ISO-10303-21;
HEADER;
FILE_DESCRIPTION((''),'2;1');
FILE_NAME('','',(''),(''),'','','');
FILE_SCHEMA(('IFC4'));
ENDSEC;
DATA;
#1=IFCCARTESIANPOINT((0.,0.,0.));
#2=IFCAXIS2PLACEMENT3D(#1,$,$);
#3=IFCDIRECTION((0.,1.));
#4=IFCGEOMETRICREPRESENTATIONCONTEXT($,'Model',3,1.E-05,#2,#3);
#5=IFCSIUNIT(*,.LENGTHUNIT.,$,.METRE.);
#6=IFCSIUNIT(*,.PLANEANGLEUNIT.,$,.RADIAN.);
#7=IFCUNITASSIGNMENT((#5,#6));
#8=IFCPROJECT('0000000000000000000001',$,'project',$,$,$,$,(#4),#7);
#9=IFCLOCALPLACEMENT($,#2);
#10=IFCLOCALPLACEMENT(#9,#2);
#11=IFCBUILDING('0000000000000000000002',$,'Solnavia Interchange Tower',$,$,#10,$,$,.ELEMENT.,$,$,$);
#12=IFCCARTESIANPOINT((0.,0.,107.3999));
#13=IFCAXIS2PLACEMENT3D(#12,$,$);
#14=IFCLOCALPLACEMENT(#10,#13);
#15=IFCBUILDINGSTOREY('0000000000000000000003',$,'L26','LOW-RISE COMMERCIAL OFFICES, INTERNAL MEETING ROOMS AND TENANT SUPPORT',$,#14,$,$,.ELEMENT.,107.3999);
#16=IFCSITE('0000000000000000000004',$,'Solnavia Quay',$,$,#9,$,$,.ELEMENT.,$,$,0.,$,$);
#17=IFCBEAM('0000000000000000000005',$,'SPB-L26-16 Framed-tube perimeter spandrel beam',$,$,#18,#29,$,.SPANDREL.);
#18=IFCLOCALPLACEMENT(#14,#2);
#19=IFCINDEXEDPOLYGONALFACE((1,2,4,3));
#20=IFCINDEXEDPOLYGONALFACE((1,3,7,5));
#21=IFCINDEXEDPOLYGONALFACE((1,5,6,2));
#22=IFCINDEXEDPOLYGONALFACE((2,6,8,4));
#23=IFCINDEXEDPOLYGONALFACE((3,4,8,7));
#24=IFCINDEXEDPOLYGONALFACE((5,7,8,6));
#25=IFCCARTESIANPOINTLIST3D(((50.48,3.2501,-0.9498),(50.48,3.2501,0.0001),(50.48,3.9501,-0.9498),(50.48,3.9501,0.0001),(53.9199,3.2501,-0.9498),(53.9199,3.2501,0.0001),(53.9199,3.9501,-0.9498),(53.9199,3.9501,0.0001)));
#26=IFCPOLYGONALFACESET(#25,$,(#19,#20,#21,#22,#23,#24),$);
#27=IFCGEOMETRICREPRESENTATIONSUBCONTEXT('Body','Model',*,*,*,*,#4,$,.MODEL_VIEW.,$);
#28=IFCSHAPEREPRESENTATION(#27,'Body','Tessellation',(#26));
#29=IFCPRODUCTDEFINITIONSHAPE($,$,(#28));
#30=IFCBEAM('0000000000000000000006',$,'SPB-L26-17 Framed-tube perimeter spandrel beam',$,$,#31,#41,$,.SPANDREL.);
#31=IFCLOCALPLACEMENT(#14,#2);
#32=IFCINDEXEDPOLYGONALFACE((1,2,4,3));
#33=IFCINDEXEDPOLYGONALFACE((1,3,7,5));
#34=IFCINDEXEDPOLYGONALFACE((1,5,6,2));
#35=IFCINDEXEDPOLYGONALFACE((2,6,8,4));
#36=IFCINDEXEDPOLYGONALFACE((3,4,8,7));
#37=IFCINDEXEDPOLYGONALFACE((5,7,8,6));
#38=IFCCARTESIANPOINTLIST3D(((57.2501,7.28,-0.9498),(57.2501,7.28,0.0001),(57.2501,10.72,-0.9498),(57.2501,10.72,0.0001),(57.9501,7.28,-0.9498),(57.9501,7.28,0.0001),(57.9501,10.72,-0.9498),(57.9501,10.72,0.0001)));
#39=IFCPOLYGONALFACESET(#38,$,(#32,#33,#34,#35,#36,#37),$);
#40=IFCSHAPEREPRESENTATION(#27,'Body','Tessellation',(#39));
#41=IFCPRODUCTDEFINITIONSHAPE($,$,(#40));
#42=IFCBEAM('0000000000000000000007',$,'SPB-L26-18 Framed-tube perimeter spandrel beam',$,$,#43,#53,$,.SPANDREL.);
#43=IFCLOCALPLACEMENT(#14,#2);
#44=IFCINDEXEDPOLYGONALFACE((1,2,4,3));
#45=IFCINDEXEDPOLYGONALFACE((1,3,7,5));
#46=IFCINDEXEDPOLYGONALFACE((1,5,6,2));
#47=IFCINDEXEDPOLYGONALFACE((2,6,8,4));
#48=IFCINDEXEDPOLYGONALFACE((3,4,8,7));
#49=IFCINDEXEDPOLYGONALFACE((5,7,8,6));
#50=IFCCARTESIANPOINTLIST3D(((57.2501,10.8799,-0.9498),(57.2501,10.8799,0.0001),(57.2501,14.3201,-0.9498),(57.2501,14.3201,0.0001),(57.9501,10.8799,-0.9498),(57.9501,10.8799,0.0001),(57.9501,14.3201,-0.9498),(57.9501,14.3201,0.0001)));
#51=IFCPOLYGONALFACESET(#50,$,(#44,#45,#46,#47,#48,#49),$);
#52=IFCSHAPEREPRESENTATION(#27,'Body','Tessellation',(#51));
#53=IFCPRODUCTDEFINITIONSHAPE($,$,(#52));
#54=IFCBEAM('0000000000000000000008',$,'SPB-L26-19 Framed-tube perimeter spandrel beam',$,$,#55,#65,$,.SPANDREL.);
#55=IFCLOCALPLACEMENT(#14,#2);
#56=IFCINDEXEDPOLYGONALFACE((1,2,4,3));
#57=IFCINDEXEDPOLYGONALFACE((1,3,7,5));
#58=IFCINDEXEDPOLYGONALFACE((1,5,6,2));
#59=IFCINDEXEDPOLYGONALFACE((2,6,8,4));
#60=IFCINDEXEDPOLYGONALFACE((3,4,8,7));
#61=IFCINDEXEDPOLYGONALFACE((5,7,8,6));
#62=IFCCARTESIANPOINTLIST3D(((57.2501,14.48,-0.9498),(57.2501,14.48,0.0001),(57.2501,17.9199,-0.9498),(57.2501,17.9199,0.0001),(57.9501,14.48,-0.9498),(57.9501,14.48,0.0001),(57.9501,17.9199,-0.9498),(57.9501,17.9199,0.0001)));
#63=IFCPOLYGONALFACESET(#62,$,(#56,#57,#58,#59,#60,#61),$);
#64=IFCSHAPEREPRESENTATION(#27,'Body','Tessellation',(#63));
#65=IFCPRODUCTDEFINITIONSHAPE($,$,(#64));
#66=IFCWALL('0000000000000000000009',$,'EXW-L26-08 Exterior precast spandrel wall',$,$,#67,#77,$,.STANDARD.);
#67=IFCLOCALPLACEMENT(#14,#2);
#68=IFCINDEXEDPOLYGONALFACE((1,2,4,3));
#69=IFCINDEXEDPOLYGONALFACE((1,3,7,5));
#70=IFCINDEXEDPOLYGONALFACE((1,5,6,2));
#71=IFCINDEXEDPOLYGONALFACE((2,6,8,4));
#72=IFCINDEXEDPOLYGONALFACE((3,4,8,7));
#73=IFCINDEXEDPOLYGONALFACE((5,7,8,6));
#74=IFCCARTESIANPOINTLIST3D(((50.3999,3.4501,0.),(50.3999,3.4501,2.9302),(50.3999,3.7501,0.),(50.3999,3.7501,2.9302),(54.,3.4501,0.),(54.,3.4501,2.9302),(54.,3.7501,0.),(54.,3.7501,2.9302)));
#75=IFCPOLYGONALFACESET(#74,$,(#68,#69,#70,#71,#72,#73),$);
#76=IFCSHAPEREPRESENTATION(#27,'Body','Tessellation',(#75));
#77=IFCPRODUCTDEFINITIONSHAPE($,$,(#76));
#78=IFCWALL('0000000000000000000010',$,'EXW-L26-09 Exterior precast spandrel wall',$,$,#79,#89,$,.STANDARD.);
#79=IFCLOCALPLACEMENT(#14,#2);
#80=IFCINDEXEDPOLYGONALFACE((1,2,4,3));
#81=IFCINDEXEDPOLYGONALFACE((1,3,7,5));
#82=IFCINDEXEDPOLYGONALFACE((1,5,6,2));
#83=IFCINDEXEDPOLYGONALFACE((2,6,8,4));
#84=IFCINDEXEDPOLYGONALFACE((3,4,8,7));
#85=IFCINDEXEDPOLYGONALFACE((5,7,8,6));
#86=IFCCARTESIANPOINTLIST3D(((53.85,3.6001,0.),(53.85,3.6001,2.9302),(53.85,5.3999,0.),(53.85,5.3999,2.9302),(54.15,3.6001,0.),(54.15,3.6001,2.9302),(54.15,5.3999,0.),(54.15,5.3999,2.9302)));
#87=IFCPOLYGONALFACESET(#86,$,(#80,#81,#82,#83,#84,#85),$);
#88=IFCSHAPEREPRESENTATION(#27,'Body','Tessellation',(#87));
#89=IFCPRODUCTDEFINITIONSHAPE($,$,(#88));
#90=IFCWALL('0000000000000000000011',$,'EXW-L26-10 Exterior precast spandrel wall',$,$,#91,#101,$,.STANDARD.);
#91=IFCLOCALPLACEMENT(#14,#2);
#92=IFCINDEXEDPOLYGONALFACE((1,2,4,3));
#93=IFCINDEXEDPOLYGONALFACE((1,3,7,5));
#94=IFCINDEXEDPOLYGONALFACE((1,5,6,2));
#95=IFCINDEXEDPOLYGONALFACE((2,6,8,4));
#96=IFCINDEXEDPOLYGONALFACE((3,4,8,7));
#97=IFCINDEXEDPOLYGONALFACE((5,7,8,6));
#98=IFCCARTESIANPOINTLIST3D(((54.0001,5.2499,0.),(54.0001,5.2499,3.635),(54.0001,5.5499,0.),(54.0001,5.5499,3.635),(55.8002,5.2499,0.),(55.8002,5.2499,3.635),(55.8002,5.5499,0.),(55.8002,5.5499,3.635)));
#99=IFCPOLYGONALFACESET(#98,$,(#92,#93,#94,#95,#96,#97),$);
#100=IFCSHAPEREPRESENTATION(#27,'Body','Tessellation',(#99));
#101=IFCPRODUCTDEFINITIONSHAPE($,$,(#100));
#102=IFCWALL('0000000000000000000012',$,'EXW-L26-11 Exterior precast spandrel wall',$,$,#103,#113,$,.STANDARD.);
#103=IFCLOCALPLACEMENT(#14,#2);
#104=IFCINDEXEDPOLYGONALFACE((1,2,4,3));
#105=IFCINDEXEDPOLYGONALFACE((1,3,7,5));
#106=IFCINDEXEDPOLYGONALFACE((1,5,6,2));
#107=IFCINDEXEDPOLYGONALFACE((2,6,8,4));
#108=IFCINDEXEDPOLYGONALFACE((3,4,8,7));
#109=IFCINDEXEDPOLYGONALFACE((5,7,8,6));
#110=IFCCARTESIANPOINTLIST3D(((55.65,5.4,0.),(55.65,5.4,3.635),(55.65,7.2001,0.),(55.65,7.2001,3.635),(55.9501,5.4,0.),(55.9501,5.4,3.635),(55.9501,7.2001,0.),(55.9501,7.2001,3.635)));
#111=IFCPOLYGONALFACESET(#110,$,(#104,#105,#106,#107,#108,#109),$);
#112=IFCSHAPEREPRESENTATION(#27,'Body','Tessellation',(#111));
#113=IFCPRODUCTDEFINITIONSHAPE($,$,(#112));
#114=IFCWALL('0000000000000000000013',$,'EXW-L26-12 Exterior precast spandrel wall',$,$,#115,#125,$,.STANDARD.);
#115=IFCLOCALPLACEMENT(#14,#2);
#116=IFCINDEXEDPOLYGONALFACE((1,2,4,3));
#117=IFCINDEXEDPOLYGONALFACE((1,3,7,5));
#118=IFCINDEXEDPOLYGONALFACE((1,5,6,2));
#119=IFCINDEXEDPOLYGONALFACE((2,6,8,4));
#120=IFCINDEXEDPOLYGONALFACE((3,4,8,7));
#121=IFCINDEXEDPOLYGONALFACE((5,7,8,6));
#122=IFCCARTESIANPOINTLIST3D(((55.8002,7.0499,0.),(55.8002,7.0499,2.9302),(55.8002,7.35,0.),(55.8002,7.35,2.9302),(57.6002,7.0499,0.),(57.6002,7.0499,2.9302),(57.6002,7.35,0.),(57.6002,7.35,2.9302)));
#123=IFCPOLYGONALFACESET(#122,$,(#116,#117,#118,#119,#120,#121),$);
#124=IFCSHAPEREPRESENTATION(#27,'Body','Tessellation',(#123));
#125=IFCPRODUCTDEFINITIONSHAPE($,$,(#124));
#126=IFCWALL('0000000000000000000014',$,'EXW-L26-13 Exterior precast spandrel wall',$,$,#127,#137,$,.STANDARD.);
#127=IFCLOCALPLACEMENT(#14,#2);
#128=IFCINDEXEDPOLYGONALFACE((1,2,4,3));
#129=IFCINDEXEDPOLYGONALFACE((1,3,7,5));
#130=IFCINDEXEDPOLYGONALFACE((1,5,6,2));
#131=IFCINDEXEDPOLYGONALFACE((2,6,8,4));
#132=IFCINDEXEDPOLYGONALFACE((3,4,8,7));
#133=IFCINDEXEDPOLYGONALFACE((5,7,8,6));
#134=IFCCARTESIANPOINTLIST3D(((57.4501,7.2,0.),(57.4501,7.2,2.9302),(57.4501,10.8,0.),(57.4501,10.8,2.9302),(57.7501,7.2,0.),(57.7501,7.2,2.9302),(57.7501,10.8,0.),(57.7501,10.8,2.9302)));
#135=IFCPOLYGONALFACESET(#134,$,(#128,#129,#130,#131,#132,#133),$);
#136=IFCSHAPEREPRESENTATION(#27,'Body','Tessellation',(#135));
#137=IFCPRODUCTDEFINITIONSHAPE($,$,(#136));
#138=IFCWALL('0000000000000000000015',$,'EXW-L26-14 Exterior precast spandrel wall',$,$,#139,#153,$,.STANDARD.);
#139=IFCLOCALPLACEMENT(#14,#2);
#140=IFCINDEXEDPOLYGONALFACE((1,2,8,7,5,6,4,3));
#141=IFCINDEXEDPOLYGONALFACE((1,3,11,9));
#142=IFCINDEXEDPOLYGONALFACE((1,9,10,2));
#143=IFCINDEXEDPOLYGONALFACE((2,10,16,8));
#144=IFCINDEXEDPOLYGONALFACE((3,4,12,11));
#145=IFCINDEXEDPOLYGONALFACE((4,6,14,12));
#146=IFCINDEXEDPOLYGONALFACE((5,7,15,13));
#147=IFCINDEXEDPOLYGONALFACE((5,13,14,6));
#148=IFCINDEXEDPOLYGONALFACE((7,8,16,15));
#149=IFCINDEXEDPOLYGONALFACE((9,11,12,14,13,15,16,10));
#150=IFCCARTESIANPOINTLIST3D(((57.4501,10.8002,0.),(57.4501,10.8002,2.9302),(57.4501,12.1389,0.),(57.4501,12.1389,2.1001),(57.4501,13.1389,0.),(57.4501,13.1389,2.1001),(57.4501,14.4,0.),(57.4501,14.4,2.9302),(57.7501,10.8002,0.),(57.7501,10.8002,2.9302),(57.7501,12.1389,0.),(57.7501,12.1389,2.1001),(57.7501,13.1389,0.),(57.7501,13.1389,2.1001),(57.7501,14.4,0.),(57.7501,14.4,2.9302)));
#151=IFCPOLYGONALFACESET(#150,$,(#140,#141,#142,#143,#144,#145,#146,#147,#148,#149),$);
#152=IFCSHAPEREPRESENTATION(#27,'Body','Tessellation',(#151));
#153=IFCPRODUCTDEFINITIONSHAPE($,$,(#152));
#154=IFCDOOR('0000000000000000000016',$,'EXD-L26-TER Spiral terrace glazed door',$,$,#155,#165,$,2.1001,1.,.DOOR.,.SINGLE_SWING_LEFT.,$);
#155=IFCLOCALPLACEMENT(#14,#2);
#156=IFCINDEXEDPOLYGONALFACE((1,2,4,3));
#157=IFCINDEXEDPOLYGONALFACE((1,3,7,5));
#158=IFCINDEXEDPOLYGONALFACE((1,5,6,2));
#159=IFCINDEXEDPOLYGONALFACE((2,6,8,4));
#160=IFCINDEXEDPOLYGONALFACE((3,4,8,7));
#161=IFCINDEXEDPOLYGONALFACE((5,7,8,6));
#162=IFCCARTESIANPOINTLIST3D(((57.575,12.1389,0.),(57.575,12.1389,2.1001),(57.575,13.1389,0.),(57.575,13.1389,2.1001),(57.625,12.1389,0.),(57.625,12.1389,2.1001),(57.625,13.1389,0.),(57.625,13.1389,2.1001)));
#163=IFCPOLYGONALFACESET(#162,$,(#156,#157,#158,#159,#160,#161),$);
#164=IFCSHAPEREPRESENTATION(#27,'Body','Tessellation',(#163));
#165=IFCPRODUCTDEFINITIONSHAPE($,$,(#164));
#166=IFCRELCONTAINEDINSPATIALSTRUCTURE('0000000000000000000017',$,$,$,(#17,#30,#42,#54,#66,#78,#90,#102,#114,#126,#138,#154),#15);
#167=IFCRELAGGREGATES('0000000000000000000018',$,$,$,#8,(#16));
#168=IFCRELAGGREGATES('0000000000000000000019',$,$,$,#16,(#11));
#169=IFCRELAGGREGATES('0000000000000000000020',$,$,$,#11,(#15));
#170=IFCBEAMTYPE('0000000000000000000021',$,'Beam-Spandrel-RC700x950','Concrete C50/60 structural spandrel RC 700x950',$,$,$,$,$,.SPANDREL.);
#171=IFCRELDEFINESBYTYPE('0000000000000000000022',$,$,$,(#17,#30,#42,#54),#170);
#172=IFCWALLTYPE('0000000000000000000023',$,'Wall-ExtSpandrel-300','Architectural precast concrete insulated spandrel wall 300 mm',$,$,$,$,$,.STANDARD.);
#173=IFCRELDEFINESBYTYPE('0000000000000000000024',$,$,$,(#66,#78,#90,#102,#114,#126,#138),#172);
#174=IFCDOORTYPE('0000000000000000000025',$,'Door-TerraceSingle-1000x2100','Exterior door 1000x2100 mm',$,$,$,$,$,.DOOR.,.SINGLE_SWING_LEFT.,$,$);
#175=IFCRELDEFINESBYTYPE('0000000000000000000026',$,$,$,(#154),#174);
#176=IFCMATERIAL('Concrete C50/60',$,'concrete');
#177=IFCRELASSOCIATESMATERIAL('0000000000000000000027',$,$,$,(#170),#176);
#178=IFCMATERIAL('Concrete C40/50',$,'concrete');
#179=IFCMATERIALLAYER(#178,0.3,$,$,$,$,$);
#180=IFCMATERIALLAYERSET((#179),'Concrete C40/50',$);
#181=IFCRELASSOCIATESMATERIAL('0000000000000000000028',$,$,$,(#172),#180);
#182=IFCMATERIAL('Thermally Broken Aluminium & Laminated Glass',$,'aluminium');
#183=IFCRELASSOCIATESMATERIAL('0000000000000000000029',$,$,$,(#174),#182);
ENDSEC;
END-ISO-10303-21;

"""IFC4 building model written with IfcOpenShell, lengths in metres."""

from ifc_helpers import new_model, si_unit, direction, frame, frame_2d, origin, origin_2d, place, context, subcontext, project, spatial, rectangle, extrude, material, layer, layer_set, material_profile, profile_set, type_object, element, fill, save


model = new_model("IFC4")

# Units and contexts
model_context = context("Model", 3, precision=1e-05, world=origin(), true_north=direction((0.0, 1.0)))
body_context = subcontext(model_context, "Body", "Model", "MODEL_VIEW")
ifc_project = project(units=[si_unit("LENGTHUNIT", "METRE"), si_unit("PLANEANGLEUNIT", "RADIAN")], contexts=[model_context])

# Site, building, storey
site_placement = place(None, origin())
site = spatial("IfcSite", under=ifc_project, at=site_placement, Name="Solnavia Quay", CompositionType="ELEMENT", RefElevation=0.0)
building_placement = place(site_placement, origin())
building = spatial("IfcBuilding", under=site, at=building_placement, Name="Solnavia Interchange Tower", CompositionType="ELEMENT")
storey_placement = place(building_placement, frame((0.0, 0.0, 107.3999)))
storey = spatial("IfcBuildingStorey", under=building, at=storey_placement, Name="L26", Description="LOW-RISE COMMERCIAL OFFICES, INTERNAL MEETING ROOMS AND TENANT SUPPORT", CompositionType="ELEMENT", Elevation=107.3999)

# Shared definitions
ifc_material_1 = material(Name="Concrete C50/60", Category="concrete")

# Beams
ifc_material_profile_1 = material_profile(ifc_material_1, rectangle(XDim=0.7, YDim=0.95, at=origin_2d()), Name="RC 700x950")
ifc_profile_set_1 = profile_set([ifc_material_profile_1], Name="Concrete C50/60")
beam_type_1 = type_object("IfcBeamType", Name="Beam-Spandrel-RC700x950", Description="Concrete C50/60 structural spandrel RC 700x950", PredefinedType="SPANDREL", material=ifc_profile_set_1)
for number, where, z_axis, x_axis, name in (
    (1, (50.48, 3.6001, -0.4749), (1.0, 0.0, 0.0), (0.0, 1.0, 0.0), "SPB-L26-16 Framed-tube perimeter spandrel beam"),
    (2, (57.6001, 7.28, -0.4749), (0.0, 1.0, 0.0), (-1.0, 0.0, 0.0), "SPB-L26-17 Framed-tube perimeter spandrel beam"),
):
    element("IfcBeam", number, at=place(storey_placement, frame(where, z_axis=z_axis, x_axis=x_axis)), inside=storey, type_object=beam_type_1, Name=name, PredefinedType="SPANDREL", context=body_context, shape_type="SweptSolid", body=[
        extrude(rectangle(XDim=0.7, YDim=0.95, at=origin_2d()), origin(), (0.0, 0.0, 1.0), 3.4399),
    ])
beam_1_placement = place(storey_placement, frame((57.6001, 10.8799, -0.4749), z_axis=(0.0, 1.0, 0.0), x_axis=(-1.0, 0.0, 0.0)))
element("IfcBeam", 3, at=beam_1_placement, inside=storey, type_object=beam_type_1, Name="SPB-L26-18 Framed-tube perimeter spandrel beam", PredefinedType="SPANDREL", context=body_context, shape_type="SweptSolid", body=[
    extrude(rectangle(XDim=0.7, YDim=0.95, at=origin_2d()), origin(), (0.0, 0.0, 1.0), 3.4402),
])
beam_2_placement = place(storey_placement, frame((57.6001, 14.48, -0.4749), z_axis=(0.0, 1.0, 0.0), x_axis=(-1.0, 0.0, 0.0)))
element("IfcBeam", 4, at=beam_2_placement, inside=storey, type_object=beam_type_1, Name="SPB-L26-19 Framed-tube perimeter spandrel beam", PredefinedType="SPANDREL", context=body_context, shape_type="SweptSolid", body=[
    extrude(rectangle(XDim=0.7, YDim=0.95, at=origin_2d()), origin(), (0.0, 0.0, 1.0), 3.4399),
])

# Walls
ifc_material_2 = material(Name="Concrete C40/50", Category="concrete")
ifc_layer = layer(ifc_material_2, 0.3)
ifc_layer_set = layer_set([ifc_layer], Name="Concrete C40/50")
wall_type = type_object("IfcWallType", Name="Wall-ExtSpandrel-300", Description="Architectural precast concrete insulated spandrel wall 300 mm", PredefinedType="STANDARD", material=ifc_layer_set)
wall_1_placement = place(storey_placement, frame((54.0, 3.6001, 0.0), z_axis=(0.0, 0.0, 1.0), x_axis=(-1.0, 0.0, 0.0)))
element("IfcWall", 5, at=wall_1_placement, inside=storey, type_object=wall_type, Name="EXW-L26-08 Exterior precast spandrel wall", PredefinedType="STANDARD", context=body_context, shape_type="SweptSolid", body=[
    extrude(rectangle(XDim=3.6001, YDim=0.3, at=frame_2d((1.8, 0.0))), origin(), (0.0, 0.0, 1.0), 2.9302),
])
wall_2_placement = place(storey_placement, frame((54.0, 5.3999, 0.0), z_axis=(0.0, 0.0, 1.0), x_axis=(0.0, -1.0, 0.0)))
element("IfcWall", 6, at=wall_2_placement, inside=storey, type_object=wall_type, Name="EXW-L26-09 Exterior precast spandrel wall", PredefinedType="STANDARD", context=body_context, shape_type="SweptSolid", body=[
    extrude(rectangle(XDim=1.7998, YDim=0.3, at=frame_2d((0.8999, 0.0))), origin(), (0.0, 0.0, 1.0), 2.9302),
])
for number, where, z_axis, x_axis, name in (
    (7, (55.8, 5.3999, 0.0), (0.0, 0.0, 1.0), (-1.0, 0.0, 0.0), "EXW-L26-10 Exterior precast spandrel wall"),
    (8, (55.8, 7.2, 0.0), (0.0, 0.0, 1.0), (0.0, -1.0, 0.0), "EXW-L26-11 Exterior precast spandrel wall"),
):
    element("IfcWall", number, at=place(storey_placement, frame(where, z_axis=z_axis, x_axis=x_axis)), inside=storey, type_object=wall_type, Name=name, PredefinedType="STANDARD", context=body_context, shape_type="SweptSolid", body=[
        extrude(rectangle(XDim=1.8, YDim=0.3, at=frame_2d((0.8999, 0.0))), origin(), (0.0, 0.0, 1.0), 3.635),
    ])
wall_3_placement = place(storey_placement, frame((57.6001, 7.2, 0.0), z_axis=(0.0, 0.0, 1.0), x_axis=(-1.0, 0.0, 0.0)))
element("IfcWall", 9, at=wall_3_placement, inside=storey, type_object=wall_type, Name="EXW-L26-12 Exterior precast spandrel wall", PredefinedType="STANDARD", context=body_context, shape_type="SweptSolid", body=[
    extrude(rectangle(XDim=1.8, YDim=0.3, at=frame_2d((0.8999, 0.0))), origin(), (0.0, 0.0, 1.0), 2.9302),
])
wall_4_placement = place(storey_placement, frame((57.6001, 10.8, 0.0), z_axis=(0.0, 0.0, 1.0), x_axis=(0.0, -1.0, 0.0)))
element("IfcWall", 10, at=wall_4_placement, inside=storey, type_object=wall_type, Name="EXW-L26-13 Exterior precast spandrel wall", PredefinedType="STANDARD", context=body_context, shape_type="SweptSolid", body=[
    extrude(rectangle(XDim=3.6001, YDim=0.3, at=frame_2d((1.8, 0.0))), origin(), (0.0, 0.0, 1.0), 2.9302),
])

# Wall, opening, door
wall_5_placement = place(storey_placement, frame((57.6001, 14.3999, 0.0), z_axis=(0.0, 0.0, 1.0), x_axis=(0.0, -1.0, 0.0)))
wall_5 = element("IfcWall", 11, at=wall_5_placement, inside=storey, type_object=wall_type, Name="EXW-L26-14 Exterior precast spandrel wall", PredefinedType="STANDARD", context=body_context, shape_type="SweptSolid", body=[
    extrude(rectangle(XDim=3.5999, YDim=0.3, at=frame_2d((1.7998, 0.0))), origin(), (0.0, 0.0, 1.0), 2.9302),
])
opening_placement = place(wall_5_placement, frame((1.261, 0.0, 0.0)))
opening = element("IfcOpeningElement", 12, at=opening_placement, cuts=wall_5, PredefinedType="OPENING", context=body_context, shape_type="SweptSolid", body=[
    extrude(rectangle(XDim=1.0, YDim=2.1001, at=frame_2d((0.5, 1.05))), frame((0.0, 0.1602, 0.0), z_axis=(0.0, -1.0, 0.0), x_axis=(1.0, 0.0, 0.0)), (0.0, 0.0, 1.0), 0.3201),
])
ifc_material_3 = material(Name="Thermally Broken Aluminium & Laminated Glass", Category="aluminium")
door_type = type_object("IfcDoorType", Name="Door-TerraceSingle-1000x2100", Description="Exterior door 1000x2100 mm", OperationType="SINGLE_SWING_LEFT", PredefinedType="DOOR", material=ifc_material_3)
door_placement = place(opening_placement, origin())
door = element("IfcDoor", 13, at=door_placement, inside=storey, type_object=door_type, Name="EXD-L26-TER Spiral terrace glazed door", OperationType="SINGLE_SWING_LEFT", OverallHeight=2.1001, OverallWidth=1.0, PredefinedType="DOOR", context=body_context, shape_type="SweptSolid", body=[
    extrude(rectangle(XDim=1.0, YDim=2.1001, at=frame_2d((0.5, 1.05))), frame((0.0, 0.0249, 0.0), z_axis=(0.0, -1.0, 0.0), x_axis=(1.0, 0.0, 0.0)), (0.0, 0.0, 1.0), 0.05),
])
fill(opening, door)

save(model, "model.ifc")
